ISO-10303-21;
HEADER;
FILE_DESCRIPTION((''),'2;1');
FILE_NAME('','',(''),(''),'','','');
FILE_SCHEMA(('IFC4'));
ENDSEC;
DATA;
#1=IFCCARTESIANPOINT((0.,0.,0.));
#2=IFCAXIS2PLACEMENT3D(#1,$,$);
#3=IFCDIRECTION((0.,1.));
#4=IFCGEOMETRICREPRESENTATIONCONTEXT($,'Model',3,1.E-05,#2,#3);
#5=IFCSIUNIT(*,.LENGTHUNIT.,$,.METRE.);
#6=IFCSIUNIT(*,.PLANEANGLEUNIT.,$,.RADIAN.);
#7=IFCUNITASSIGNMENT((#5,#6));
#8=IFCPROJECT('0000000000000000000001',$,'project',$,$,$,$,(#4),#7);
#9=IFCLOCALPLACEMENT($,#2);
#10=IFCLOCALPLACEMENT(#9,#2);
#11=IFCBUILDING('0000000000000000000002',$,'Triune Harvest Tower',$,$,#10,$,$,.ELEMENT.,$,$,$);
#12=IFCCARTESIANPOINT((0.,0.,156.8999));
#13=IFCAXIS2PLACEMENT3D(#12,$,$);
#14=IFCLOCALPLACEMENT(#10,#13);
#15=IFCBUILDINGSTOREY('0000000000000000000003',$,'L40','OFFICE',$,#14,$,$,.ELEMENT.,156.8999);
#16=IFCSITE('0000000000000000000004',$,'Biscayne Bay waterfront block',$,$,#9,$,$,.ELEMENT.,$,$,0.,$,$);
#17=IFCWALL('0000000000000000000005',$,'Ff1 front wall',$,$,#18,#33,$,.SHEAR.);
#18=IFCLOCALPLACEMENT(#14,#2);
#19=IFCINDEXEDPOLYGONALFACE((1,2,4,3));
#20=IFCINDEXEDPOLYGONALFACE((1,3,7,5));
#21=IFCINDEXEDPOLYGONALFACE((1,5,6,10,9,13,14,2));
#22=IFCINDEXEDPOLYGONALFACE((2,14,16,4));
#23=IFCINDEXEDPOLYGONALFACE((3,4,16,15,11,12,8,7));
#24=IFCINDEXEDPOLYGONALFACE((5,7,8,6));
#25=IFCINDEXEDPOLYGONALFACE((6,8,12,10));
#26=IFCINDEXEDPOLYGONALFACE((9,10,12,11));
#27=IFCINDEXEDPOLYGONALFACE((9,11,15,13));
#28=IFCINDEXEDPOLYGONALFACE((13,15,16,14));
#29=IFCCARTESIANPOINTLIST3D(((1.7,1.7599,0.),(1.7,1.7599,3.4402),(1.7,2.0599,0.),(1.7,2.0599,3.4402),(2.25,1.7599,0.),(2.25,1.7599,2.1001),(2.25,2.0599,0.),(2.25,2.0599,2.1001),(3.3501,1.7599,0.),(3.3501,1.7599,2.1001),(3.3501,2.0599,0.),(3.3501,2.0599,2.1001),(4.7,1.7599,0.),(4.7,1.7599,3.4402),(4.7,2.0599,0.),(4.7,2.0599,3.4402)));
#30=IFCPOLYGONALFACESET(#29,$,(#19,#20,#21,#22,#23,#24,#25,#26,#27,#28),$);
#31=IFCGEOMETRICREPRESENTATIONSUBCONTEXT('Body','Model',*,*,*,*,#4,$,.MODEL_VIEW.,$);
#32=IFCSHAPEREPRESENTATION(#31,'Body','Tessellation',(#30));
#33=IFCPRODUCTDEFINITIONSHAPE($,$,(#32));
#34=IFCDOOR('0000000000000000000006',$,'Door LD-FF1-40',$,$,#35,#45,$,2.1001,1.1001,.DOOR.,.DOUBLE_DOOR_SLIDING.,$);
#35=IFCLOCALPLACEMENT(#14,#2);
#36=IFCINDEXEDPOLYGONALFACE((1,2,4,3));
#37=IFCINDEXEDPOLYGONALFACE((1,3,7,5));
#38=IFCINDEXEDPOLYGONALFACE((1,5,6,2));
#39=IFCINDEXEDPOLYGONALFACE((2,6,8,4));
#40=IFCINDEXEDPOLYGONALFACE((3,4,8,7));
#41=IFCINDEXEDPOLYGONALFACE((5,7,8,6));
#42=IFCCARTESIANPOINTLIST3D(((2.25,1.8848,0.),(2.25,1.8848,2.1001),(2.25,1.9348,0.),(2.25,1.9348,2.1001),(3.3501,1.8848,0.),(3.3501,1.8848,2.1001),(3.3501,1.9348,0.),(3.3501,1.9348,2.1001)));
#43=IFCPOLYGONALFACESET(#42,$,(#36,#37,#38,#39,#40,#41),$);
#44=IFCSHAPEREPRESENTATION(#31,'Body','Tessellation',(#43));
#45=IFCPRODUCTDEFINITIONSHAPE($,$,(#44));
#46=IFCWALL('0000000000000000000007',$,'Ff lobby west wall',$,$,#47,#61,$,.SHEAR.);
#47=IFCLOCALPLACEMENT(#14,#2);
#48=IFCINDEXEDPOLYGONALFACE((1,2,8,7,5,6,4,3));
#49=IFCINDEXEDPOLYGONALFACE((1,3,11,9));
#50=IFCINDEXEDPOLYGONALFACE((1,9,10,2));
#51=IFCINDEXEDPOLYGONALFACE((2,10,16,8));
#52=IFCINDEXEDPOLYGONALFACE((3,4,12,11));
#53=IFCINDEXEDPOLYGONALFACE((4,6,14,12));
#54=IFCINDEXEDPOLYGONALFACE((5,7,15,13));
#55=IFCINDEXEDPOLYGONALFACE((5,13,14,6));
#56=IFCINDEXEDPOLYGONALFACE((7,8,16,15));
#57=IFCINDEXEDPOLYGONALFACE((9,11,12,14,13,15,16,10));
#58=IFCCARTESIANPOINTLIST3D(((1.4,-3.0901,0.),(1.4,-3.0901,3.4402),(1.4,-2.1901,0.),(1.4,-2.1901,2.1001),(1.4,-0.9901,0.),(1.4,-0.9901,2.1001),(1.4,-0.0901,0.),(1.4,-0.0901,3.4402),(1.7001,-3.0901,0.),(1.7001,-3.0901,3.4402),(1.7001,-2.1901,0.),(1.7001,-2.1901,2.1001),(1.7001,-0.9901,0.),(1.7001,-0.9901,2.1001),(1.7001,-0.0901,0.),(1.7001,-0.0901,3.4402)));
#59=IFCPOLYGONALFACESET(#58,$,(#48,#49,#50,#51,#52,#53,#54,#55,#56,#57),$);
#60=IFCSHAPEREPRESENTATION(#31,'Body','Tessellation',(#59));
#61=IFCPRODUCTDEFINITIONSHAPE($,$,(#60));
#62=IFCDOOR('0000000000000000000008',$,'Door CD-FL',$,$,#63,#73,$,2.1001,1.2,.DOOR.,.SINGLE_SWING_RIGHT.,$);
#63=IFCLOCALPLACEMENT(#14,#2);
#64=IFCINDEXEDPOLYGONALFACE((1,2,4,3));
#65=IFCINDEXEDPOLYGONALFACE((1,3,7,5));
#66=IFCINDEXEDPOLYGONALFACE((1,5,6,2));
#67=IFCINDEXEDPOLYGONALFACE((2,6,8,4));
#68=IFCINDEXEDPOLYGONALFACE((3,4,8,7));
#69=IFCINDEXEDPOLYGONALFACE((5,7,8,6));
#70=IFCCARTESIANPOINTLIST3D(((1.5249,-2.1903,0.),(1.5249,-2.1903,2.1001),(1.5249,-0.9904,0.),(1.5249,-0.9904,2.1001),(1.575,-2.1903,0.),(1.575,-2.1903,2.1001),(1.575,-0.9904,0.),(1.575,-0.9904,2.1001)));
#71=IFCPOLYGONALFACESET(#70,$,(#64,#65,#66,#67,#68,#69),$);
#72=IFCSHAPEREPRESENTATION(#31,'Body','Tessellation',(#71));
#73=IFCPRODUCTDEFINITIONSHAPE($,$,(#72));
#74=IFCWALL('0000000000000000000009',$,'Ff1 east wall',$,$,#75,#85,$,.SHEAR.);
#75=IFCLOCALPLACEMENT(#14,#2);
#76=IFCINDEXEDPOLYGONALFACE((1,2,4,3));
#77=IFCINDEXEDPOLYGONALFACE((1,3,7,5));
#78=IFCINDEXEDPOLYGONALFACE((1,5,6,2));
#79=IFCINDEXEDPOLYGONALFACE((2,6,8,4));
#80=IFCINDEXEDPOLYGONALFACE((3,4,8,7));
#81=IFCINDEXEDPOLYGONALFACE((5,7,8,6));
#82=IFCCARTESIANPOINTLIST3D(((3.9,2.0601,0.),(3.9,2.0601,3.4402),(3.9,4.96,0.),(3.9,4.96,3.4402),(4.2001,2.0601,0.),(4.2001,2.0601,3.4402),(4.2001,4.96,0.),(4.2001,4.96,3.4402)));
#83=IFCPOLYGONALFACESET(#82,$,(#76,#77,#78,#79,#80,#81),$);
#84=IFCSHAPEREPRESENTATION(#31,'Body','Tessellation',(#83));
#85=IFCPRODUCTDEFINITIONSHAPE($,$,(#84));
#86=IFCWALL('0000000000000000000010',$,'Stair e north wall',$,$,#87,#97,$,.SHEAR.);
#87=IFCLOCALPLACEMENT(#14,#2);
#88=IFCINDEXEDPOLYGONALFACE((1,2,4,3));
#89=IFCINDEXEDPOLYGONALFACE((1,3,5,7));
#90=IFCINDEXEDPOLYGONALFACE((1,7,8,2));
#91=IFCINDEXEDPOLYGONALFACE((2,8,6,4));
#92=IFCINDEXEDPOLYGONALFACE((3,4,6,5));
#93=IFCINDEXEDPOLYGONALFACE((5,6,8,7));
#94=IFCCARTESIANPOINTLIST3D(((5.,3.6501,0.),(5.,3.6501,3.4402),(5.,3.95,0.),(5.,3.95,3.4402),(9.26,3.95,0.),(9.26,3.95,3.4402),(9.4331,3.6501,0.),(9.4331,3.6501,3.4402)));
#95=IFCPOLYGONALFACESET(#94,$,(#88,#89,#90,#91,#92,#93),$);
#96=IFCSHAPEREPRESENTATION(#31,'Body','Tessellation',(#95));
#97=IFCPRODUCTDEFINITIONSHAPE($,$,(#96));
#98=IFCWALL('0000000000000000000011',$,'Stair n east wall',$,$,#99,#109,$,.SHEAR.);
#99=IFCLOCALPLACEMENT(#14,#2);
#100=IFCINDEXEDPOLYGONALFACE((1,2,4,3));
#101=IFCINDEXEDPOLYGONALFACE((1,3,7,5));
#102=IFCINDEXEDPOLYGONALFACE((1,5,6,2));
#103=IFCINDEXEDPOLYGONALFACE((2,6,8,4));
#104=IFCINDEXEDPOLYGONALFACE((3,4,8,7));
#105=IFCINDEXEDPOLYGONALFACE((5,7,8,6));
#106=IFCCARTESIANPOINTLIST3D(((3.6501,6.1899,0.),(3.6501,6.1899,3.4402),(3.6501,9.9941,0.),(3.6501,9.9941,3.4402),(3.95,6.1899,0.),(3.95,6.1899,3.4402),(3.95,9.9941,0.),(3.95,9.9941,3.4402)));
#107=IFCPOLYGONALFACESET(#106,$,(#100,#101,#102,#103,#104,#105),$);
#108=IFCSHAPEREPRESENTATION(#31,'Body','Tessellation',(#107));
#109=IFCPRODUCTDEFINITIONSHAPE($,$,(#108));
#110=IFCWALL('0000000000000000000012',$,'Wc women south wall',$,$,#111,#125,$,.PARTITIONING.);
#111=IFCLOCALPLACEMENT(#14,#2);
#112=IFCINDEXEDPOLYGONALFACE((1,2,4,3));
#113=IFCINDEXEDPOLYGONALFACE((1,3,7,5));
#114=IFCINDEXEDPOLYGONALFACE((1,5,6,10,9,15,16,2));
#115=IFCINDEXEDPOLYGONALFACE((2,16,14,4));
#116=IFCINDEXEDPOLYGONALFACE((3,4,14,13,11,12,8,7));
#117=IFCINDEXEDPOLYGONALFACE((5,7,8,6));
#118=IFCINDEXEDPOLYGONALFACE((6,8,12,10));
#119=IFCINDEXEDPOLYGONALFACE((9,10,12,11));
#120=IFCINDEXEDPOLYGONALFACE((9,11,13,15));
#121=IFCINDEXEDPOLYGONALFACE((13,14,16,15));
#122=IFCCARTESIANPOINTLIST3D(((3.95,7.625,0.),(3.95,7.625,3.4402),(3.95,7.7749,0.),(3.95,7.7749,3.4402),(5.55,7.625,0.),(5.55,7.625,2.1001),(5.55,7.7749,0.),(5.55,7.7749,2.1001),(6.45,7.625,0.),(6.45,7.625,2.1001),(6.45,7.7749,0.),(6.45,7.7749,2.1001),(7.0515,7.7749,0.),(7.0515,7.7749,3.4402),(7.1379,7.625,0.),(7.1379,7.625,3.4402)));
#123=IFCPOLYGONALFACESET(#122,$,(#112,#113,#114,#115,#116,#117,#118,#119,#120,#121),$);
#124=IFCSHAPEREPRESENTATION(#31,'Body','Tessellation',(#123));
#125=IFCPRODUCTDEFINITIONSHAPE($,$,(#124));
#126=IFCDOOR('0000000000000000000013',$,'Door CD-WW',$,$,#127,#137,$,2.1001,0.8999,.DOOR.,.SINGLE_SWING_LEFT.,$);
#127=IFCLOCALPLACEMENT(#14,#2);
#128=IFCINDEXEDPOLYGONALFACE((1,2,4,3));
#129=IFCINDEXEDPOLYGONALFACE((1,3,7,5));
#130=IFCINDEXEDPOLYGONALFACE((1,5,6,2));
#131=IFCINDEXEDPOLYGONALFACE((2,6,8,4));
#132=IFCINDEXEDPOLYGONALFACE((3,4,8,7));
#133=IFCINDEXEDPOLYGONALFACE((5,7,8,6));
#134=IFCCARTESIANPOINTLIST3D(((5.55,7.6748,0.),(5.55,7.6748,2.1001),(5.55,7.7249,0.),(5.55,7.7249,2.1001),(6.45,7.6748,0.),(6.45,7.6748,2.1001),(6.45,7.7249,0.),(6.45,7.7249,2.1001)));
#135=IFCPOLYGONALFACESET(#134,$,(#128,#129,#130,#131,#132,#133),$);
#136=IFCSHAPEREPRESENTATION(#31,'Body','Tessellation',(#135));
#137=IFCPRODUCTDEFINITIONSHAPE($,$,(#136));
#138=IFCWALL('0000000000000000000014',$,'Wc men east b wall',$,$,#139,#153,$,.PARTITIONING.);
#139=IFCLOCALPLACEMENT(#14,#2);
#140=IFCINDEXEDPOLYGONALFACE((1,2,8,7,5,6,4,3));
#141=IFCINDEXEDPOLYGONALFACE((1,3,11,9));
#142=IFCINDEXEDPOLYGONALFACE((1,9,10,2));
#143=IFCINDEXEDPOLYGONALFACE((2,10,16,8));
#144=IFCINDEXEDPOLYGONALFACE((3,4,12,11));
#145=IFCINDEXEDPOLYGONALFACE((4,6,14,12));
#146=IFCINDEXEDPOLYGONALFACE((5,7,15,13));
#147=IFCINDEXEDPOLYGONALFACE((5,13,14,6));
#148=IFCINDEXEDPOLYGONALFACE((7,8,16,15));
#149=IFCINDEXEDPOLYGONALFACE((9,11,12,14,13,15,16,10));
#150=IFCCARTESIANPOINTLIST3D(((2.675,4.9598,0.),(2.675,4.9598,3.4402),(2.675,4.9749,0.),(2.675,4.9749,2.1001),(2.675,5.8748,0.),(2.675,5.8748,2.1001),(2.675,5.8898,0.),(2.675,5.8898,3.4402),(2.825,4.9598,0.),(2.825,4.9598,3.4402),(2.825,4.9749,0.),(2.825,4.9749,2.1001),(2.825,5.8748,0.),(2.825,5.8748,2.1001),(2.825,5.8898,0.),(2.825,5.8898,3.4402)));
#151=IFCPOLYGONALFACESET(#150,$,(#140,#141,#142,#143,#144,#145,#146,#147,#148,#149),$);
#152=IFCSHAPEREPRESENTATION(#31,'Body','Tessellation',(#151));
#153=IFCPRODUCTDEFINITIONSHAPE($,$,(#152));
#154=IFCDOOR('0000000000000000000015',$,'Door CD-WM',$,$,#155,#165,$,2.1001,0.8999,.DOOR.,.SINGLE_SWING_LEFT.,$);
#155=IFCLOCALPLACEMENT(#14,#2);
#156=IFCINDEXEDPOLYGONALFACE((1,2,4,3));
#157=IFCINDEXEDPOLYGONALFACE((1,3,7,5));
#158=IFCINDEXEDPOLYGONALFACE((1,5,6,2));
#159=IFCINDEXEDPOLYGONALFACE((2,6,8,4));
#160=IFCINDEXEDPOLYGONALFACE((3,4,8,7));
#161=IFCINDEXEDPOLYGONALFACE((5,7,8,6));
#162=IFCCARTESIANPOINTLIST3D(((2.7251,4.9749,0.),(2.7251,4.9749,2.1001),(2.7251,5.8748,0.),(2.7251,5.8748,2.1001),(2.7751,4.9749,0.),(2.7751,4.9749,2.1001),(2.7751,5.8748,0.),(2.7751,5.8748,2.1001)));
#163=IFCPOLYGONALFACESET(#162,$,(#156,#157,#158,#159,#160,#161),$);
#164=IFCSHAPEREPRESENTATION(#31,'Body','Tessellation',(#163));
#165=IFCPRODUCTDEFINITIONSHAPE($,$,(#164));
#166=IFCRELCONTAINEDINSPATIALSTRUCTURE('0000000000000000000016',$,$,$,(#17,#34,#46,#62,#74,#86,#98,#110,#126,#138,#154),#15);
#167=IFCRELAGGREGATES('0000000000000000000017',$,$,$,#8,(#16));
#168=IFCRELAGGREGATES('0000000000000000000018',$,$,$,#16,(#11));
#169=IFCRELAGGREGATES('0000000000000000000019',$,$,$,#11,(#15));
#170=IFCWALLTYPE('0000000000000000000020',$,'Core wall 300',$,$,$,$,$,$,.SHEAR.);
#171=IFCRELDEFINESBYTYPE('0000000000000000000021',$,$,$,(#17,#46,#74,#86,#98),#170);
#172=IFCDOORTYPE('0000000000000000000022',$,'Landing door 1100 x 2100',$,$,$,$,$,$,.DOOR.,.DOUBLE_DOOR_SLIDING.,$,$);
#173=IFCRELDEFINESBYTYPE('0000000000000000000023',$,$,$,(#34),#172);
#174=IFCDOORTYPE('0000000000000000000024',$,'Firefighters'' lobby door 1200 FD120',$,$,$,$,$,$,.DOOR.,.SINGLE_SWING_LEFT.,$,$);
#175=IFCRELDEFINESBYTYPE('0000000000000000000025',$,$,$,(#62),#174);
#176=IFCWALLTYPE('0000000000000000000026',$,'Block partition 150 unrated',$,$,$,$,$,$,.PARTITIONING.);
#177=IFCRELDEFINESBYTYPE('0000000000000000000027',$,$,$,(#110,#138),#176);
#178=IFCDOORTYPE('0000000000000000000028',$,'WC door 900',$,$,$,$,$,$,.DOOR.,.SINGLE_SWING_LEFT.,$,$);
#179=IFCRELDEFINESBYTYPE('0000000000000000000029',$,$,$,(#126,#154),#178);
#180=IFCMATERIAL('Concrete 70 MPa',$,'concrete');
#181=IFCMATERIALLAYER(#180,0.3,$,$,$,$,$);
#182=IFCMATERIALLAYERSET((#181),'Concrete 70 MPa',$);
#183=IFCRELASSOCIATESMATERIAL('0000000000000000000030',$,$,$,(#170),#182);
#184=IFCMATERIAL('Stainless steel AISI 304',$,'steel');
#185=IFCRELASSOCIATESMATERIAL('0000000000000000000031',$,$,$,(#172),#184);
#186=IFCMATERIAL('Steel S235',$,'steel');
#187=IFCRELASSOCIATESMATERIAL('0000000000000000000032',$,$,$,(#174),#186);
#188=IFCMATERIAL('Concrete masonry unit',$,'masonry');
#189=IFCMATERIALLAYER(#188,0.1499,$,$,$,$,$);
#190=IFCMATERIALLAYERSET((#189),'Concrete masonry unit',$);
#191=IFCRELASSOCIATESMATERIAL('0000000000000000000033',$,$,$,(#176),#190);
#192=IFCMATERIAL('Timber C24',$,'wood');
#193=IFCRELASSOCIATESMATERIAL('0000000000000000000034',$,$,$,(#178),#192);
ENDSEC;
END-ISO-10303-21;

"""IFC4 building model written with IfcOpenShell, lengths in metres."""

from ifc_helpers import new_model, si_unit, direction, frame, frame_2d, origin, place, context, subcontext, project, spatial, polyline, rectangle, outline, extrude, source, transform, mapped, material, layer, layer_set, type_object, element, fill, save


model = new_model("IFC4")

# Units and contexts
model_context = context("Model", 3, precision=1e-05, world=origin(), true_north=direction((0.0, 1.0)))
body_context = subcontext(model_context, "Body", "Model", "MODEL_VIEW")
ifc_project = project(units=[si_unit("LENGTHUNIT", "METRE"), si_unit("PLANEANGLEUNIT", "RADIAN")], contexts=[model_context])

# Site, building, storey
site_placement = place(None, origin())
site = spatial("IfcSite", under=ifc_project, at=site_placement, Name="Biscayne Bay waterfront block", CompositionType="ELEMENT", RefElevation=0.0)
building_placement = place(site_placement, origin())
building = spatial("IfcBuilding", under=site, at=building_placement, Name="Triune Harvest Tower", CompositionType="ELEMENT")
storey_placement = place(building_placement, frame((0.0, 0.0, 156.8999)))
storey = spatial("IfcBuildingStorey", under=building, at=storey_placement, Name="L40", Description="OFFICE", CompositionType="ELEMENT", Elevation=156.8999)

# Shared definitions
ifc_material_1 = material(Name="Concrete 70 MPa", Category="concrete")
ifc_layer_1 = layer(ifc_material_1, 0.3)
ifc_layer_set_1 = layer_set([ifc_layer_1], Name="Concrete 70 MPa")
wall_type_1 = type_object("IfcWallType", Name="Core wall 300", PredefinedType="SHEAR", material=ifc_layer_set_1)

# Walls, openings, doors
shared_shape_1 = source(origin(), body_context, "Body", "SweptSolid", [
    extrude(rectangle(XDim=3.0, YDim=0.3, at=frame_2d((1.5, 0.0))), origin(), (0.0, 0.0, 1.0), 3.4402),
])
wall_1_placement = place(storey_placement, frame((1.7, 1.9099, 0.0), z_axis=(0.0, 0.0, 1.0), x_axis=(1.0, 0.0, 0.0)))
wall_1 = element("IfcWall", 1, at=wall_1_placement, inside=storey, type_object=wall_type_1, Name="Ff1 front wall", PredefinedType="SHEAR", context=body_context, shape_type="MappedRepresentation", body=[
    mapped(shared_shape_1, transform((0.0, 0.0, 0.0), scale=1.0)),
])
opening_1_placement = place(wall_1_placement, frame((0.55, 0.0, 0.0)))
opening_1 = element("IfcOpeningElement", 2, at=opening_1_placement, cuts=wall_1, PredefinedType="OPENING", context=body_context, shape_type="SweptSolid", body=[
    extrude(rectangle(XDim=1.1001, YDim=2.1001, at=frame_2d((0.55, 1.05))), frame((0.0, 0.1602, 0.0), z_axis=(0.0, -1.0, 0.0), x_axis=(1.0, 0.0, 0.0)), (0.0, 0.0, 1.0), 0.3201),
])
ifc_material_2 = material(Name="Stainless steel AISI 304", Category="steel")
door_type_1 = type_object("IfcDoorType", Name="Landing door 1100 x 2100", OperationType="DOUBLE_DOOR_SLIDING", PredefinedType="DOOR", material=ifc_material_2)
door_1_placement = place(opening_1_placement, origin())
door_1 = element("IfcDoor", 3, at=door_1_placement, inside=storey, type_object=door_type_1, Name="Door LD-FF1-40", OperationType="DOUBLE_DOOR_SLIDING", OverallHeight=2.1001, OverallWidth=1.1001, PredefinedType="DOOR", context=body_context, shape_type="SweptSolid", body=[
    extrude(rectangle(XDim=1.1001, YDim=2.1001, at=frame_2d((0.55, 1.05))), frame((0.0, 0.0249, 0.0), z_axis=(0.0, -1.0, 0.0), x_axis=(1.0, 0.0, 0.0)), (0.0, 0.0, 1.0), 0.05),
])
fill(opening_1, door_1)
wall_2_placement = place(storey_placement, frame((1.55, -3.0901, 0.0), z_axis=(0.0, 0.0, 1.0), x_axis=(0.0, 1.0, 0.0)))
wall_2 = element("IfcWall", 4, at=wall_2_placement, inside=storey, type_object=wall_type_1, Name="Ff lobby west wall", PredefinedType="SHEAR", context=body_context, shape_type="MappedRepresentation", body=[
    mapped(shared_shape_1, transform((0.0, 0.0, 0.0), scale=1.0)),
])
opening_2_placement = place(wall_2_placement, frame((0.8999, 0.0, 0.0)))
opening_2 = element("IfcOpeningElement", 5, at=opening_2_placement, cuts=wall_2, PredefinedType="OPENING", context=body_context, shape_type="SweptSolid", body=[
    extrude(rectangle(XDim=1.2, YDim=2.1001, at=frame_2d((0.6001, 1.05))), frame((0.0, 0.1602, 0.0), z_axis=(0.0, -1.0, 0.0), x_axis=(1.0, 0.0, 0.0)), (0.0, 0.0, 1.0), 0.3201),
])
ifc_material_3 = material(Name="Steel S235", Category="steel")
door_type_2 = type_object("IfcDoorType", Name="Firefighters' lobby door 1200 FD120", OperationType="SINGLE_SWING_LEFT", PredefinedType="DOOR", material=ifc_material_3)
door_2_placement = place(opening_2_placement, frame((1.2, 0.0, 0.0), z_axis=(0.0, 0.0, 1.0), x_axis=(-1.0, 0.0, 0.0)))
door_2 = element("IfcDoor", 6, at=door_2_placement, inside=storey, type_object=door_type_2, Name="Door CD-FL", OperationType="SINGLE_SWING_RIGHT", OverallHeight=2.1001, OverallWidth=1.2, PredefinedType="DOOR", context=body_context, shape_type="SweptSolid", body=[
    extrude(rectangle(XDim=1.2, YDim=2.1001, at=frame_2d((0.6001, 1.05))), frame((0.0, 0.0249, 0.0), z_axis=(0.0, -1.0, 0.0), x_axis=(1.0, 0.0, 0.0)), (0.0, 0.0, 1.0), 0.05),
])
fill(opening_2, door_2)

# Walls
shared_shape_2 = source(origin(), body_context, "Body", "SweptSolid", [
    extrude(rectangle(XDim=2.8999, YDim=0.3, at=frame_2d((1.45, 0.0))), origin(), (0.0, 0.0, 1.0), 3.4402),
])
wall_3_placement = place(storey_placement, frame((4.05, 2.0601, 0.0), z_axis=(0.0, 0.0, 1.0), x_axis=(0.0, 1.0, 0.0)))
element("IfcWall", 7, at=wall_3_placement, inside=storey, type_object=wall_type_1, Name="Ff1 east wall", PredefinedType="SHEAR", context=body_context, shape_type="MappedRepresentation", body=[
    mapped(shared_shape_2, transform((0.0, 0.0, 0.0), scale=1.0)),
])
shared_shape_3 = source(origin(), body_context, "Body", "SweptSolid", [
    extrude(outline(polyline([(0.0, -0.1499), (0.0, 0.1499), (4.26, 0.1499), (4.4331, -0.1499), (0.0, -0.1499)])), origin(), (0.0, 0.0, 1.0), 3.4402),
])
wall_4_placement = place(storey_placement, frame((5.0, 3.8, 0.0), z_axis=(0.0, 0.0, 1.0), x_axis=(1.0, 0.0, 0.0)))
element("IfcWall", 8, at=wall_4_placement, inside=storey, type_object=wall_type_1, Name="Stair e north wall", PredefinedType="SHEAR", context=body_context, shape_type="MappedRepresentation", body=[
    mapped(shared_shape_3, transform((0.0, 0.0, 0.0), scale=1.0)),
])
shared_shape_4 = source(origin(), body_context, "Body", "SweptSolid", [
    extrude(outline(polyline([(0.0, -0.1499), (0.0, 0.1499), (3.8042, 0.1499), (3.8042, -0.1499), (0.0, -0.1499)])), origin(), (0.0, 0.0, 1.0), 3.4402),
])
wall_5_placement = place(storey_placement, frame((3.8, 6.1899, 0.0), z_axis=(0.0, 0.0, 1.0), x_axis=(0.0, 1.0, 0.0)))
element("IfcWall", 9, at=wall_5_placement, inside=storey, type_object=wall_type_1, Name="Stair n east wall", PredefinedType="SHEAR", context=body_context, shape_type="MappedRepresentation", body=[
    mapped(shared_shape_4, transform((0.0, 0.0, 0.0), scale=1.0)),
])

# Walls, openings, doors
ifc_material_4 = material(Name="Concrete masonry unit", Category="masonry")
ifc_layer_2 = layer(ifc_material_4, 0.1499)
ifc_layer_set_2 = layer_set([ifc_layer_2], Name="Concrete masonry unit")
wall_type_2 = type_object("IfcWallType", Name="Block partition 150 unrated", PredefinedType="PARTITIONING", material=ifc_layer_set_2)
shared_shape_5 = source(origin(), body_context, "Body", "SweptSolid", [
    extrude(outline(polyline([(0.0, -0.075), (0.0, 0.075), (3.1016, 0.075), (3.188, -0.075), (0.0, -0.075)])), origin(), (0.0, 0.0, 1.0), 3.4402),
])
wall_6_placement = place(storey_placement, frame((3.95, 7.7, 0.0), z_axis=(0.0, 0.0, 1.0), x_axis=(1.0, 0.0, 0.0)))
wall_6 = element("IfcWall", 10, at=wall_6_placement, inside=storey, type_object=wall_type_2, Name="Wc women south wall", PredefinedType="PARTITIONING", context=body_context, shape_type="MappedRepresentation", body=[
    mapped(shared_shape_5, transform((0.0, 0.0, 0.0), scale=1.0)),
])
opening_3_placement = place(wall_6_placement, frame((1.6001, 0.0, 0.0)))
opening_3 = element("IfcOpeningElement", 11, at=opening_3_placement, cuts=wall_6, PredefinedType="OPENING", context=body_context, shape_type="SweptSolid", body=[
    extrude(rectangle(XDim=0.8999, YDim=2.1001, at=frame_2d((0.45, 1.05))), frame((0.0, 0.085, 0.0), z_axis=(0.0, -1.0, 0.0), x_axis=(1.0, 0.0, 0.0)), (0.0, 0.0, 1.0), 0.1699),
])
ifc_material_5 = material(Name="Timber C24", Category="wood")
door_type_3 = type_object("IfcDoorType", Name="WC door 900", OperationType="SINGLE_SWING_LEFT", PredefinedType="DOOR", material=ifc_material_5)
door_3_placement = place(opening_3_placement, origin())
door_3 = element("IfcDoor", 12, at=door_3_placement, inside=storey, type_object=door_type_3, Name="Door CD-WW", OperationType="SINGLE_SWING_LEFT", OverallHeight=2.1001, OverallWidth=0.8999, PredefinedType="DOOR", context=body_context, shape_type="SweptSolid", body=[
    extrude(rectangle(XDim=0.8999, YDim=2.1001, at=frame_2d((0.45, 1.05))), frame((0.0, 0.0249, 0.0), z_axis=(0.0, -1.0, 0.0), x_axis=(1.0, 0.0, 0.0)), (0.0, 0.0, 1.0), 0.05),
])
fill(opening_3, door_3)
shared_shape_6 = source(origin(), body_context, "Body", "SweptSolid", [
    extrude(rectangle(XDim=0.9299, YDim=0.1499, at=frame_2d((0.4648, 0.0))), origin(), (0.0, 0.0, 1.0), 3.4402),
])
wall_7_placement = place(storey_placement, frame((2.75, 4.96, 0.0), z_axis=(0.0, 0.0, 1.0), x_axis=(0.0, 1.0, 0.0)))
wall_7 = element("IfcWall", 13, at=wall_7_placement, inside=storey, type_object=wall_type_2, Name="Wc men east b wall", PredefinedType="PARTITIONING", context=body_context, shape_type="MappedRepresentation", body=[
    mapped(shared_shape_6, transform((0.0, 0.0, 0.0), scale=1.0)),
])
opening_4_placement = place(wall_7_placement, frame((0.0149, 0.0, 0.0)))
opening_4 = element("IfcOpeningElement", 14, at=opening_4_placement, cuts=wall_7, PredefinedType="OPENING", context=body_context, shape_type="SweptSolid", body=[
    extrude(rectangle(XDim=0.8999, YDim=2.1001, at=frame_2d((0.45, 1.05))), frame((0.0, 0.085, 0.0), z_axis=(0.0, -1.0, 0.0), x_axis=(1.0, 0.0, 0.0)), (0.0, 0.0, 1.0), 0.1699),
])
door_4_placement = place(opening_4_placement, origin())
door_4 = element("IfcDoor", 15, at=door_4_placement, inside=storey, type_object=door_type_3, Name="Door CD-WM", OperationType="SINGLE_SWING_LEFT", OverallHeight=2.1001, OverallWidth=0.8999, PredefinedType="DOOR", context=body_context, shape_type="SweptSolid", body=[
    extrude(rectangle(XDim=0.8999, YDim=2.1001, at=frame_2d((0.45, 1.05))), frame((0.0, 0.0249, 0.0), z_axis=(0.0, -1.0, 0.0), x_axis=(1.0, 0.0, 0.0)), (0.0, 0.0, 1.0), 0.05),
])
fill(opening_4, door_4)

save(model, "model.ifc")
